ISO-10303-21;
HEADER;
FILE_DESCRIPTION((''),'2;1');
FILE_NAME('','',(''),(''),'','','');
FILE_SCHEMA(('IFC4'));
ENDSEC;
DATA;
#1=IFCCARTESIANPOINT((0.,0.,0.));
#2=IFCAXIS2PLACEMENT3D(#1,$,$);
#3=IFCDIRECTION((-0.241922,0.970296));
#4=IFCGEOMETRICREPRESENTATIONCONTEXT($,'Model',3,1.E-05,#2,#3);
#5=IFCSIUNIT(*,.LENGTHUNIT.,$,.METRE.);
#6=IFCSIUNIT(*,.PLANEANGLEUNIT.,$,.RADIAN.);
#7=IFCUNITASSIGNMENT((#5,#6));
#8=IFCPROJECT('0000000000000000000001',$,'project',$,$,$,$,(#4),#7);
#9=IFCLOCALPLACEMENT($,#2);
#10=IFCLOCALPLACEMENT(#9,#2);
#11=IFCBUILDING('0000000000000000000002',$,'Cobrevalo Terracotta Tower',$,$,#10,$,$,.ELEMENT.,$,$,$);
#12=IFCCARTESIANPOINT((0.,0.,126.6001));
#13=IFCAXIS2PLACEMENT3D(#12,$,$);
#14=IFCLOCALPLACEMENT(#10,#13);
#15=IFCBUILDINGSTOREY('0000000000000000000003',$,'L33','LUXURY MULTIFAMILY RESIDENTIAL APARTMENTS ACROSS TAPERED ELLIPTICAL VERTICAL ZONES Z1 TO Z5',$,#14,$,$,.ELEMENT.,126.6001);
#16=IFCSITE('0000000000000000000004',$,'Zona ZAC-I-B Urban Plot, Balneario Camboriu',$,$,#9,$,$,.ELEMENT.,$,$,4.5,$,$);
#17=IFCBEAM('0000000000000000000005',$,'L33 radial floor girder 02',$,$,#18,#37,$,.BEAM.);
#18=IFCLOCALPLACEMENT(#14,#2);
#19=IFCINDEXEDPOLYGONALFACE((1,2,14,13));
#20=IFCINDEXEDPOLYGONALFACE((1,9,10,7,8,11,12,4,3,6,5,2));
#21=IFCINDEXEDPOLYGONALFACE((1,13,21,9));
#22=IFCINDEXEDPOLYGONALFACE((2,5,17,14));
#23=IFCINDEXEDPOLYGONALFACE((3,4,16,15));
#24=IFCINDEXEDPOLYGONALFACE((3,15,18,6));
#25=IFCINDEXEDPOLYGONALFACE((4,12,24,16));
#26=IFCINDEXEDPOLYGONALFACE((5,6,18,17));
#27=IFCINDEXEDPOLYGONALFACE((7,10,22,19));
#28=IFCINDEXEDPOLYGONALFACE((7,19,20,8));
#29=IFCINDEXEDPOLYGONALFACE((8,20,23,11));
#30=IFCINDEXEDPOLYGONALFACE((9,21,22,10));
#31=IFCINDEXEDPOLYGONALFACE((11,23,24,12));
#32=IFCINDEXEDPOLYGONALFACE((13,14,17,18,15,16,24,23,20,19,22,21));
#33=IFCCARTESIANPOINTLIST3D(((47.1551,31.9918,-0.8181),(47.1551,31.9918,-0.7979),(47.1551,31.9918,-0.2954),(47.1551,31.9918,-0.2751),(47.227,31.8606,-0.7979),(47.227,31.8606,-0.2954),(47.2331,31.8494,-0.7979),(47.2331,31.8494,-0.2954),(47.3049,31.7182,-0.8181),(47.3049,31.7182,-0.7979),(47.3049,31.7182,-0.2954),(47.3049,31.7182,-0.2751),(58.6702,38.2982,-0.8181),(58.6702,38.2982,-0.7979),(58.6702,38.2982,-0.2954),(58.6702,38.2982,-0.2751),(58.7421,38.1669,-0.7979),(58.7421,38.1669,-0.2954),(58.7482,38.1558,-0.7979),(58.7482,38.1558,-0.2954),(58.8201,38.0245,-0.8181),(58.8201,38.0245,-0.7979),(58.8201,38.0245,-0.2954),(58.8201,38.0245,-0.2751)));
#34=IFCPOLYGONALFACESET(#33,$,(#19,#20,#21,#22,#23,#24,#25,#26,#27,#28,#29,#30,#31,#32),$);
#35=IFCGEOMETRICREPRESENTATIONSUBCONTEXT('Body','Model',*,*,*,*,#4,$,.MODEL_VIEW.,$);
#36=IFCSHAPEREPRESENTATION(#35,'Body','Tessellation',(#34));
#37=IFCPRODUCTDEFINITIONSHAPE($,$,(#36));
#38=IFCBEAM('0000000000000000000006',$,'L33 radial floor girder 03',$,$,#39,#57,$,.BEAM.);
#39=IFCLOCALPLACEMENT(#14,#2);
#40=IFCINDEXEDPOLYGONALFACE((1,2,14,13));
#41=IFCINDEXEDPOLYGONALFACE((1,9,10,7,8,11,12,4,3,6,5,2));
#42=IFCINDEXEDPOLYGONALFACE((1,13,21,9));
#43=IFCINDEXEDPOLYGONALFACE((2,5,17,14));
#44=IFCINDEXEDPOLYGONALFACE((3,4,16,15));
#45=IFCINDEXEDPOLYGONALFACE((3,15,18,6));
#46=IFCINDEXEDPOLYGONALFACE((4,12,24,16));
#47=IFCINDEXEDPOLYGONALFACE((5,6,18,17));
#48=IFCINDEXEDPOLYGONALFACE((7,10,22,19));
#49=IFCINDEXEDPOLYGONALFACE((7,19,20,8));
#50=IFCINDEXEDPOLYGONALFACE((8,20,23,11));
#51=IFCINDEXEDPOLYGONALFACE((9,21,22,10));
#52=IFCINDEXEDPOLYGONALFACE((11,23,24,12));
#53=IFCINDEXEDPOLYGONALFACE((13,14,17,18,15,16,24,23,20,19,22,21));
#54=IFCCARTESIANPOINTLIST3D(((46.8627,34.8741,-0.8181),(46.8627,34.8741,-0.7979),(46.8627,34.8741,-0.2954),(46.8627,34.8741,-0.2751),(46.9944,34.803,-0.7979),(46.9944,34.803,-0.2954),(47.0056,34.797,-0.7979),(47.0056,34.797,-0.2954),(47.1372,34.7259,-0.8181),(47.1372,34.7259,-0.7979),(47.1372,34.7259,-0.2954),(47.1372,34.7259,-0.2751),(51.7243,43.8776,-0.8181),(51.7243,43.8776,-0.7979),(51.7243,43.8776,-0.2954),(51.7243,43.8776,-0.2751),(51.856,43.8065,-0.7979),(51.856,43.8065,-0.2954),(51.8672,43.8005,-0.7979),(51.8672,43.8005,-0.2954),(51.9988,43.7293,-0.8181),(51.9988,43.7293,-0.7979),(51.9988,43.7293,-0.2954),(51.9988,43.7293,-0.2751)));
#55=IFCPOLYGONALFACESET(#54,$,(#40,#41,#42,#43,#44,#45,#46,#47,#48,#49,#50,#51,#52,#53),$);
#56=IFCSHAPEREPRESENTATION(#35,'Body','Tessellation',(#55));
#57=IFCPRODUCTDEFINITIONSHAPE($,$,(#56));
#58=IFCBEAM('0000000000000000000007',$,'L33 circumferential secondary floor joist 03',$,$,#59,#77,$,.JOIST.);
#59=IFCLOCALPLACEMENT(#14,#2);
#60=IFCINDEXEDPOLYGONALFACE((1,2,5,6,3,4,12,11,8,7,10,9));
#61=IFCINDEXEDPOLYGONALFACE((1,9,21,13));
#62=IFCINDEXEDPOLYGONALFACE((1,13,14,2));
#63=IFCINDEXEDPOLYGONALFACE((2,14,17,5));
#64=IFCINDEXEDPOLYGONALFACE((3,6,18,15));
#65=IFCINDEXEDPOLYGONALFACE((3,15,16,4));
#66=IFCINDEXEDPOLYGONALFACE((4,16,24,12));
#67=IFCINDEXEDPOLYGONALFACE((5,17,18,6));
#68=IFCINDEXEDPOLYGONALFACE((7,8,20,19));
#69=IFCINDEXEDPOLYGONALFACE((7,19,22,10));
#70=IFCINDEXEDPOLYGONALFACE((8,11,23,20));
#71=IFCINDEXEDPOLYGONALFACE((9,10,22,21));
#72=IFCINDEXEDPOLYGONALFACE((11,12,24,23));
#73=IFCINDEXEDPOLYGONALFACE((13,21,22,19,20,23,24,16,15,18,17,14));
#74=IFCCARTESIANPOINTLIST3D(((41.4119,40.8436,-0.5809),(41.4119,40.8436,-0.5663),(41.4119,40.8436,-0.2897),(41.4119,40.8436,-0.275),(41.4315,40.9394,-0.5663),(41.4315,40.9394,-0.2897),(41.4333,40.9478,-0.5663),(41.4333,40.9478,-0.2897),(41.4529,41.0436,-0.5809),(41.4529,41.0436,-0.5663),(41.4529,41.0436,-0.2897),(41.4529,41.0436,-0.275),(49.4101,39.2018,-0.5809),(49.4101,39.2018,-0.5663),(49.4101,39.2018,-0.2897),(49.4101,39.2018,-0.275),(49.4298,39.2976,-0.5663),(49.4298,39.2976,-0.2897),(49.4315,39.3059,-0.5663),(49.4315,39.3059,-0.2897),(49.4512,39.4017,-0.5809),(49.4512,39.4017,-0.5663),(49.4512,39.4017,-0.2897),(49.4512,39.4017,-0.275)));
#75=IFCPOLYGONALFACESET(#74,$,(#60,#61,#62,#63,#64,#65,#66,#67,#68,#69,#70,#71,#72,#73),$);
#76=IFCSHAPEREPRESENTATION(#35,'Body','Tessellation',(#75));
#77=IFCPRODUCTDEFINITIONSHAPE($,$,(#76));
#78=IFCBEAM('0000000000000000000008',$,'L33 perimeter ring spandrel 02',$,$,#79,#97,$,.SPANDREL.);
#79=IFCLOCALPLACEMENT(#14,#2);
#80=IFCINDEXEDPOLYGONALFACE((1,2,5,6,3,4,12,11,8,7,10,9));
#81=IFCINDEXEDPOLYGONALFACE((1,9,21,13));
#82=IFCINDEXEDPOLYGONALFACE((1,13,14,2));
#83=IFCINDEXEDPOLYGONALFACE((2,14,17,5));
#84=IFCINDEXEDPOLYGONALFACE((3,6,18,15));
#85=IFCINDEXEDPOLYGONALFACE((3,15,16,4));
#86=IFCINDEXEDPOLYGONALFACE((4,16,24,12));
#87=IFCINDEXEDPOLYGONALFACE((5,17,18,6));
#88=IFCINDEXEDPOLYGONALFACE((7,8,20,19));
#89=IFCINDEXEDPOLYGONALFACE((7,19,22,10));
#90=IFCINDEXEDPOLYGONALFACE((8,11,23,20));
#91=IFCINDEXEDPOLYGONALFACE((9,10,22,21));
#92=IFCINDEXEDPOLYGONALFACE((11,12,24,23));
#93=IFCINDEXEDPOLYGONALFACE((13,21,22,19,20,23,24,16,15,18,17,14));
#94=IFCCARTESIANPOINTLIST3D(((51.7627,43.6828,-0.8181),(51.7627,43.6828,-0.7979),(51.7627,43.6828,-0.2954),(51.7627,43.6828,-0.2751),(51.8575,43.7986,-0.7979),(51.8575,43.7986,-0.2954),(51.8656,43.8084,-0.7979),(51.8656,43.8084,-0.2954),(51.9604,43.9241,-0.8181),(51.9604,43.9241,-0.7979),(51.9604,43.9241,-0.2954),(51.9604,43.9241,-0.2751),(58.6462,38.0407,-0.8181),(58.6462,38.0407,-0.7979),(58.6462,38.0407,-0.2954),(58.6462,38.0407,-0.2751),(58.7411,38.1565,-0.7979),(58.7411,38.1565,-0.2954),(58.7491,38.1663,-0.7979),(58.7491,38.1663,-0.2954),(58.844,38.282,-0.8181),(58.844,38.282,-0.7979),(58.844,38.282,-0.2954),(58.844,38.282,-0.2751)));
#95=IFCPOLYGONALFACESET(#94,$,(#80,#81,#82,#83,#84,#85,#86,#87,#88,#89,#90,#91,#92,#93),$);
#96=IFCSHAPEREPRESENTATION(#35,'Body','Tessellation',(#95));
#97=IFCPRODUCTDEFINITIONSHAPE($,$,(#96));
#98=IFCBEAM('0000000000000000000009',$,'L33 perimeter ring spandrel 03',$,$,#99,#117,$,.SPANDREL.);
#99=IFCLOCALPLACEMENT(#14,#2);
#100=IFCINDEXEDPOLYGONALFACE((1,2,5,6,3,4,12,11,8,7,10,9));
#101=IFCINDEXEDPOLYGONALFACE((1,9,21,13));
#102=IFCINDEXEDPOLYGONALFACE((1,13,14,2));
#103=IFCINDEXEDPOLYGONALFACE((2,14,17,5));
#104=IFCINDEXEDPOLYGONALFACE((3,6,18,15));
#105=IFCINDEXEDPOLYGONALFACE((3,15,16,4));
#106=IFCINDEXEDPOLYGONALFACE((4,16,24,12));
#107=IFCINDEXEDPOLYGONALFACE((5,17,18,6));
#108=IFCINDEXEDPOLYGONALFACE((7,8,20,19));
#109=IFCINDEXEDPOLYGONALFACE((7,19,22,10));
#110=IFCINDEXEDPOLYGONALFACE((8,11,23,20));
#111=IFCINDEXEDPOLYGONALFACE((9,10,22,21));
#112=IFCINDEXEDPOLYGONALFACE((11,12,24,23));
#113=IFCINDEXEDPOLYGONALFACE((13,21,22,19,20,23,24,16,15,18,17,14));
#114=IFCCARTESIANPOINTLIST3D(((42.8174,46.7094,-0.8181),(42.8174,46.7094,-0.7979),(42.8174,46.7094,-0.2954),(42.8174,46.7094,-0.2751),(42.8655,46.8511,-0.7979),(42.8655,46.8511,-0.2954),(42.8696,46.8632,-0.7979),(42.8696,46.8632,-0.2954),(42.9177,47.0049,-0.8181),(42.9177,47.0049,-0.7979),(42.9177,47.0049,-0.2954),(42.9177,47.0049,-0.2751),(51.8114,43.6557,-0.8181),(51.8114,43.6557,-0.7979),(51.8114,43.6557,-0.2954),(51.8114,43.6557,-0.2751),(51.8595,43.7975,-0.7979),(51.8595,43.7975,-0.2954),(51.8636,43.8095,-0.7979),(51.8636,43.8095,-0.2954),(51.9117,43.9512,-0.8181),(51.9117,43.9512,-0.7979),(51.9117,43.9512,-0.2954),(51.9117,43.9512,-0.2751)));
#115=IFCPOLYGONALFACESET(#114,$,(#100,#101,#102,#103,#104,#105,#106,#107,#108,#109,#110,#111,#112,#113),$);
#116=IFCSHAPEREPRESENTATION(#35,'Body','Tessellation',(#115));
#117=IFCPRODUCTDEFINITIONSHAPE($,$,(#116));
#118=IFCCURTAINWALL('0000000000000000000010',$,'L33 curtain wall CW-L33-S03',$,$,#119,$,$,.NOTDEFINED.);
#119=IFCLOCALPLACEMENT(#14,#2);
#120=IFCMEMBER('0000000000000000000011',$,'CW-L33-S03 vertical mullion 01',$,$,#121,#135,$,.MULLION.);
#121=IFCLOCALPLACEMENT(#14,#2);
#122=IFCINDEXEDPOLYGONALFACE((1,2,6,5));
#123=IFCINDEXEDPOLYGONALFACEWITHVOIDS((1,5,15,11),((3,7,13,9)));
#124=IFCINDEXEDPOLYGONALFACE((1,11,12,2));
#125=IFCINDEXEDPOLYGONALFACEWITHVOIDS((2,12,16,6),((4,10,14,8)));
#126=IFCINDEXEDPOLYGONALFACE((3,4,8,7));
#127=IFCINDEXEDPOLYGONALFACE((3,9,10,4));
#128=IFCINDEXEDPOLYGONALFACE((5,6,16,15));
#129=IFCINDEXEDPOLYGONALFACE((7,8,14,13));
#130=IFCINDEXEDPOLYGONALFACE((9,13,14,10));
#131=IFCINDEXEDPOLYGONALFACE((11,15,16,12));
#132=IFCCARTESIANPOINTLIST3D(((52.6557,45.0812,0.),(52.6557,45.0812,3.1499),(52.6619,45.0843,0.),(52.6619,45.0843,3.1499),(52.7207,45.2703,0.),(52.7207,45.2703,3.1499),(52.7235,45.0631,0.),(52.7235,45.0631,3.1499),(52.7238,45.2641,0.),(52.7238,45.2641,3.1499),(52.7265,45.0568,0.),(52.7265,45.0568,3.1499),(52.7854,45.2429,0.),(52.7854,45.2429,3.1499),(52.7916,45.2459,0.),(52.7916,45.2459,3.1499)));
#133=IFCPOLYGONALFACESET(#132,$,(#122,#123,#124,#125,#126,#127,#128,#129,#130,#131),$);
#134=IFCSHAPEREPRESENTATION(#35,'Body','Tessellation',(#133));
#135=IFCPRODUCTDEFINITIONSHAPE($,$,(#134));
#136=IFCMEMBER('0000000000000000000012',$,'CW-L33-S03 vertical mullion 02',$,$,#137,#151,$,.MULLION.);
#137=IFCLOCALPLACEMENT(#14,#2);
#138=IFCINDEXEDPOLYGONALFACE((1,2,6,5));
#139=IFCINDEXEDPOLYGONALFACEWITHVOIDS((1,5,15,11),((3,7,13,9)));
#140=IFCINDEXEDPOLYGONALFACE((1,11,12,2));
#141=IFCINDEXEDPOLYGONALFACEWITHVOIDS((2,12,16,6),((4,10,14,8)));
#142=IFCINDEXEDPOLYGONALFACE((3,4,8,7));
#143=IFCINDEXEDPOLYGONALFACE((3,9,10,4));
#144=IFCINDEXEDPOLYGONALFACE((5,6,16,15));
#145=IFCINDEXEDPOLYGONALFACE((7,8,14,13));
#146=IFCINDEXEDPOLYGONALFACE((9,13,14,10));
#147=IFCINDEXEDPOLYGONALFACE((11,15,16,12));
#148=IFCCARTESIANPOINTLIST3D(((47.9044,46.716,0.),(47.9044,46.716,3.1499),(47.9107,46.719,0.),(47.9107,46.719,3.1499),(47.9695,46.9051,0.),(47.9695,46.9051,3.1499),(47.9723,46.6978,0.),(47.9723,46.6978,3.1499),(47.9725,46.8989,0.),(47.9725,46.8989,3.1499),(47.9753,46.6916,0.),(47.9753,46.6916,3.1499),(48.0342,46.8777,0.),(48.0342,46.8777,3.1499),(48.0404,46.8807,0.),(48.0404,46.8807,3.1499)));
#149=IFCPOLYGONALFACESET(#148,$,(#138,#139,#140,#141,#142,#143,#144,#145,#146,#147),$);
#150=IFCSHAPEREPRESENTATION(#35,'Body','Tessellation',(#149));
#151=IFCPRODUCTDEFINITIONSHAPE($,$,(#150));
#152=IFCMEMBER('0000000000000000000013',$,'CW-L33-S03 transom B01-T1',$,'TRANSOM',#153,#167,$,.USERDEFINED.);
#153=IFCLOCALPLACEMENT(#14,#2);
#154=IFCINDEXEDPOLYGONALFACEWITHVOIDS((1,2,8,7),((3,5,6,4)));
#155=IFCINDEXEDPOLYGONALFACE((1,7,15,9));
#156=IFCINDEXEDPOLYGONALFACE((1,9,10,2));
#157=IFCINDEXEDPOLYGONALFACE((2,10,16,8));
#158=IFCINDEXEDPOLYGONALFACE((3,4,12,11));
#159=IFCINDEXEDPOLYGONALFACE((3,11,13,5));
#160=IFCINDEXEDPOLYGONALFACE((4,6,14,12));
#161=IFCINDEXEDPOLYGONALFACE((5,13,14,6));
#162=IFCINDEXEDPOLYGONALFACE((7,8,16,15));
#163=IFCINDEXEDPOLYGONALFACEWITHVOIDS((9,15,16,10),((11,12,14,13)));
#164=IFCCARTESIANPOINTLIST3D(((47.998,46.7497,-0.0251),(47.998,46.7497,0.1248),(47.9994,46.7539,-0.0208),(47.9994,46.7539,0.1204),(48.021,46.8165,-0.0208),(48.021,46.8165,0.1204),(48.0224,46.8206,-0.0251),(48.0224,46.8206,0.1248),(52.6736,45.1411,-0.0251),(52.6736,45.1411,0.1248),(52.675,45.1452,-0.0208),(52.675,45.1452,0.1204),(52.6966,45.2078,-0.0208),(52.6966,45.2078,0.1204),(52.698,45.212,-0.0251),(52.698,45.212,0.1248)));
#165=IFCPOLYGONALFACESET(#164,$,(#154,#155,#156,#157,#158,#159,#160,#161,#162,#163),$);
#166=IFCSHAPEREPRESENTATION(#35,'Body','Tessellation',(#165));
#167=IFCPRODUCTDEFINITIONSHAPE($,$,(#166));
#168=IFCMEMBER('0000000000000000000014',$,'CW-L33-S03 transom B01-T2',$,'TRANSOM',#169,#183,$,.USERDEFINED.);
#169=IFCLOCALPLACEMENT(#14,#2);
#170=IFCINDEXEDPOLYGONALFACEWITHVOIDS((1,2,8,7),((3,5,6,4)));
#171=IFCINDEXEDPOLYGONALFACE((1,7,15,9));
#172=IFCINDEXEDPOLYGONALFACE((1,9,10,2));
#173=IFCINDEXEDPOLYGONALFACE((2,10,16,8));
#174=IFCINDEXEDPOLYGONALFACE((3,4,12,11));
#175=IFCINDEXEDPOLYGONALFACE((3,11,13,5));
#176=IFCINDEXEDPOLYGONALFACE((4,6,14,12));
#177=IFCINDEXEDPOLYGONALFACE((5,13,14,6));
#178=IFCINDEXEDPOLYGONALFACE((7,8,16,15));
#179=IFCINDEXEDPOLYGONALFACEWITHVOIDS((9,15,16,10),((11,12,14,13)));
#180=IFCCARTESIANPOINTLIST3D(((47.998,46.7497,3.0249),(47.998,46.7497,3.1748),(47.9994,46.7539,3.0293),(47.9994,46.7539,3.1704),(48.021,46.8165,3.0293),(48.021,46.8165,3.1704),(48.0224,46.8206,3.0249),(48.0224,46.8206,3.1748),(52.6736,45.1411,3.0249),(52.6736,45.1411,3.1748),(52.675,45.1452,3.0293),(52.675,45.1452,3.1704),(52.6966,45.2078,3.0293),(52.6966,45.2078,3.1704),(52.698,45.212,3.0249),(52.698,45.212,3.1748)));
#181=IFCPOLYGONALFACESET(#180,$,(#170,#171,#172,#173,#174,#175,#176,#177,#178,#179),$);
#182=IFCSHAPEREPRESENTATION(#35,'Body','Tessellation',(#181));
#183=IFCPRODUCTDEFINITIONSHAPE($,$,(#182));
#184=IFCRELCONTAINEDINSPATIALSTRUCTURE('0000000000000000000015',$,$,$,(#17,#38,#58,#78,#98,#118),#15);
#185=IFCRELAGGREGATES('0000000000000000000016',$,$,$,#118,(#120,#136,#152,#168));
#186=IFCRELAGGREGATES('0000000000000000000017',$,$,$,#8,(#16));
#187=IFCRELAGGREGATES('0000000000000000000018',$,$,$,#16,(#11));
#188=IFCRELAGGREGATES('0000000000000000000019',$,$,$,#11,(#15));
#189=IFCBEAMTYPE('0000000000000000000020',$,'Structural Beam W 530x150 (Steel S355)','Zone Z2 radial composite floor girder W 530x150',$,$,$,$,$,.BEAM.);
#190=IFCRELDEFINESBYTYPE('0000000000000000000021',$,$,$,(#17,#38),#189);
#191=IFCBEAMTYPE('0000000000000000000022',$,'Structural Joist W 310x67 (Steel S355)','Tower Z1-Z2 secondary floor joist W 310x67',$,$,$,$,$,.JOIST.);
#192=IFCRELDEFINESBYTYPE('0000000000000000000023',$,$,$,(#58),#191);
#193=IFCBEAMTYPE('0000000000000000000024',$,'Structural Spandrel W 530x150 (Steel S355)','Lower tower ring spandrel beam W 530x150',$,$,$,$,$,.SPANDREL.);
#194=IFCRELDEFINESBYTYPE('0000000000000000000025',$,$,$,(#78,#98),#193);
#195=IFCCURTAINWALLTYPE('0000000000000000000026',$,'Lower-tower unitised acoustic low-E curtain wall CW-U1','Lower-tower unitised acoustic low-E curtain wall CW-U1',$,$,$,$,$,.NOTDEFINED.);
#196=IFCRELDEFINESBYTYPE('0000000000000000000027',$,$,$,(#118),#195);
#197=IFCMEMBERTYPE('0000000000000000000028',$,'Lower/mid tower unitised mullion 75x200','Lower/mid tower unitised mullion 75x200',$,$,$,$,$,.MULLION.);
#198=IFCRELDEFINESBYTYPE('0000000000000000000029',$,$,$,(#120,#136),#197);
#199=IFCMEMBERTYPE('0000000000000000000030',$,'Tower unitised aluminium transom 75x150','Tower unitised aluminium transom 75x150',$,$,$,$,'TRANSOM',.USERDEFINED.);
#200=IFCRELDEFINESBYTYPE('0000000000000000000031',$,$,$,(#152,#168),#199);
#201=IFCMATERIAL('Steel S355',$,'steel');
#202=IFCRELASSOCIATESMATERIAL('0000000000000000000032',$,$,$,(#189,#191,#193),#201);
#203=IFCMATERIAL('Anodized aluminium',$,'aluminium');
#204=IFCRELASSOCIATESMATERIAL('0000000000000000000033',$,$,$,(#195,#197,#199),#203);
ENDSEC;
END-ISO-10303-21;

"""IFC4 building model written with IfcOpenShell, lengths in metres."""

from ifc_helpers import new_model, si_unit, direction, frame, origin, origin_2d, place, context, subcontext, project, spatial, hollow_rectangle, i_section, extrude, source, transform, mapped, material, material_profile, profile_set, type_object, element, aggregate, save


model = new_model("IFC4")

# Units and contexts
model_context = context("Model", 3, precision=1e-05, world=origin(), true_north=direction((-0.241922, 0.970296)))
body_context = subcontext(model_context, "Body", "Model", "MODEL_VIEW")
ifc_project = project(units=[si_unit("LENGTHUNIT", "METRE"), si_unit("PLANEANGLEUNIT", "RADIAN")], contexts=[model_context])

# Site, building, storey
site_placement = place(None, origin())
site = spatial("IfcSite", under=ifc_project, at=site_placement, Name="Zona ZAC-I-B Urban Plot, Balneario Camboriu", CompositionType="ELEMENT", RefElevation=4.5)
building_placement = place(site_placement, origin())
building = spatial("IfcBuilding", under=site, at=building_placement, Name="Cobrevalo Terracotta Tower", CompositionType="ELEMENT")
storey_placement = place(building_placement, frame((0.0, 0.0, 126.6001)))
storey = spatial("IfcBuildingStorey", under=building, at=storey_placement, Name="L33", Description="LUXURY MULTIFAMILY RESIDENTIAL APARTMENTS ACROSS TAPERED ELLIPTICAL VERTICAL ZONES Z1 TO Z5", CompositionType="ELEMENT", Elevation=126.6001)

# Shared definitions
ifc_material_1 = material(Name="Steel S355", Category="steel")

# Beams
ifc_material_profile_1 = material_profile(ifc_material_1, i_section(OverallWidth=0.312, OverallDepth=0.543, WebThickness=0.0127, FlangeThickness=0.0203, at=origin_2d()), Name="W 530x150")
ifc_profile_set_1 = profile_set([ifc_material_profile_1], Name="Steel S355")
beam_type_1 = type_object("IfcBeamType", Name="Structural Beam W 530x150 (Steel S355)", Description="Zone Z2 radial composite floor girder W 530x150", PredefinedType="BEAM", material=ifc_profile_set_1)
beam_1_placement = place(storey_placement, frame((58.7451, 38.1614, -0.5466), z_axis=(-0.877081, -0.480343, 0.0), x_axis=(0.480343, -0.877081, 0.0)))
element("IfcBeam", 1, at=beam_1_placement, inside=storey, type_object=beam_type_1, Name="L33 radial floor girder 02", PredefinedType="BEAM", context=body_context, shape_type="SweptSolid", body=[
    extrude(i_section(OverallWidth=0.312, OverallDepth=0.543, WebThickness=0.0127, FlangeThickness=0.0203, at=origin_2d()), origin(), (0.0, 0.0, 1.0), 13.1289),
])
beam_2_placement = place(storey_placement, frame((51.8616, 43.8035, -0.5466), z_axis=(-0.475128, -0.879917, 0.0), x_axis=(0.879917, -0.475128, 0.0)))
element("IfcBeam", 2, at=beam_2_placement, inside=storey, type_object=beam_type_1, Name="L33 radial floor girder 03", PredefinedType="BEAM", context=body_context, shape_type="SweptSolid", body=[
    extrude(i_section(OverallWidth=0.312, OverallDepth=0.543, WebThickness=0.0127, FlangeThickness=0.0203, at=origin_2d()), origin(), (0.0, 0.0, 1.0), 10.2322),
])
ifc_material_profile_2 = material_profile(ifc_material_1, i_section(OverallWidth=0.2041, OverallDepth=0.3059, WebThickness=0.0085, FlangeThickness=0.0146, at=origin_2d()), Name="W 310x67")
ifc_profile_set_2 = profile_set([ifc_material_profile_2], Name="Steel S355")
beam_type_2 = type_object("IfcBeamType", Name="Structural Joist W 310x67 (Steel S355)", Description="Tower Z1-Z2 secondary floor joist W 310x67", PredefinedType="JOIST", material=ifc_profile_set_2)
beam_3_placement = place(storey_placement, frame((49.4307, 39.3018, -0.428), z_axis=(-0.979574, 0.201082, 0.0), x_axis=(-0.201082, -0.979574, 0.0)))
element("IfcBeam", 3, at=beam_3_placement, inside=storey, type_object=beam_type_2, Name="L33 circumferential secondary floor joist 03", PredefinedType="JOIST", context=body_context, shape_type="SweptSolid", body=[
    extrude(i_section(OverallWidth=0.2041, OverallDepth=0.3059, WebThickness=0.0085, FlangeThickness=0.0146, at=origin_2d()), origin(), (0.0, 0.0, 1.0), 8.165),
])
ifc_material_profile_3 = material_profile(ifc_material_1, i_section(OverallWidth=0.312, OverallDepth=0.543, WebThickness=0.0127, FlangeThickness=0.0203, at=origin_2d()), Name="W 530x150")
ifc_profile_set_3 = profile_set([ifc_material_profile_3], Name="Steel S355")
beam_type_3 = type_object("IfcBeamType", Name="Structural Spandrel W 530x150 (Steel S355)", Description="Lower tower ring spandrel beam W 530x150", PredefinedType="SPANDREL", material=ifc_profile_set_3)
beam_4_placement = place(storey_placement, frame((58.7451, 38.1614, -0.5466), z_axis=(-0.773401, 0.633917, 0.0), x_axis=(-0.633917, -0.773401, 0.0)))
element("IfcBeam", 4, at=beam_4_placement, inside=storey, type_object=beam_type_3, Name="L33 perimeter ring spandrel 02", PredefinedType="SPANDREL", context=body_context, shape_type="SweptSolid", body=[
    extrude(i_section(OverallWidth=0.312, OverallDepth=0.543, WebThickness=0.0127, FlangeThickness=0.0203, at=origin_2d()), origin(), (0.0, 0.0, 1.0), 8.9004),
])
beam_5_placement = place(storey_placement, frame((51.8616, 43.8035, -0.5466), z_axis=(-0.946911, 0.321497, 0.0), x_axis=(-0.321497, -0.946911, 0.0)))
element("IfcBeam", 5, at=beam_5_placement, inside=storey, type_object=beam_type_3, Name="L33 perimeter ring spandrel 03", PredefinedType="SPANDREL", context=body_context, shape_type="SweptSolid", body=[
    extrude(i_section(OverallWidth=0.312, OverallDepth=0.543, WebThickness=0.0127, FlangeThickness=0.0203, at=origin_2d()), origin(), (0.0, 0.0, 1.0), 9.4983),
])

# Curtain wall, members
ifc_material_2 = material(Name="Anodized aluminium", Category="aluminium")
curtain_wall_type = type_object("IfcCurtainWallType", Name="Lower-tower unitised acoustic low-E curtain wall CW-U1", Description="Lower-tower unitised acoustic low-E curtain wall CW-U1", PredefinedType="NOTDEFINED", material=ifc_material_2)
curtain_wall_placement = place(storey_placement, origin())
curtain_wall = element("IfcCurtainWall", 6, at=curtain_wall_placement, inside=storey, type_object=curtain_wall_type, Name="L33 curtain wall CW-L33-S03", PredefinedType="NOTDEFINED")
ifc_material_profile_4 = material_profile(ifc_material_2, hollow_rectangle(XDim=0.075, YDim=0.2, WallThickness=0.0049, at=origin_2d()), Name="CWM 75x200")
ifc_profile_set_4 = profile_set([ifc_material_profile_4], Name="Anodized aluminium")
member_type_1 = type_object("IfcMemberType", Name="Lower/mid tower unitised mullion 75x200", Description="Lower/mid tower unitised mullion 75x200", PredefinedType="MULLION", material=ifc_profile_set_4)
shared_shape_1 = source(origin(), body_context, "Body", "SweptSolid", [
    extrude(hollow_rectangle(XDim=0.075, YDim=0.2, WallThickness=0.0049, at=origin_2d()), origin(), (0.0, 0.0, 1.0), 3.1499),
])
member_1_placement = place(storey_placement, frame((52.7236, 45.1636, 0.0), z_axis=(0.0, 0.0, 1.0), x_axis=(-0.945598, 0.325337, 0.0)))
member_1 = element("IfcMember", 7, at=member_1_placement, type_object=member_type_1, Name="CW-L33-S03 vertical mullion 01", PredefinedType="MULLION", context=body_context, shape_type="MappedRepresentation", body=[
    mapped(shared_shape_1, transform((0.0, 0.0, 0.0), scale=1.0)),
])
member_2_placement = place(storey_placement, frame((47.9724, 46.7983, 0.0), z_axis=(0.0, 0.0, 1.0), x_axis=(-0.945598, 0.325337, 0.0)))
member_2 = element("IfcMember", 8, at=member_2_placement, type_object=member_type_1, Name="CW-L33-S03 vertical mullion 02", PredefinedType="MULLION", context=body_context, shape_type="MappedRepresentation", body=[
    mapped(shared_shape_1, transform((0.0, 0.0, 0.0), scale=1.0)),
])
ifc_material_profile_5 = material_profile(ifc_material_2, hollow_rectangle(XDim=0.075, YDim=0.1499, WallThickness=0.0044, at=origin_2d()), Name="CWT 75x150")
ifc_profile_set_5 = profile_set([ifc_material_profile_5], Name="Anodized aluminium")
member_type_2 = type_object("IfcMemberType", Name="Tower unitised aluminium transom 75x150", Description="Tower unitised aluminium transom 75x150", ElementType="TRANSOM", PredefinedType="USERDEFINED", material=ifc_profile_set_5)
shared_shape_2 = source(origin(), body_context, "Body", "SweptSolid", [
    extrude(hollow_rectangle(XDim=0.075, YDim=0.1499, WallThickness=0.0044, at=origin_2d()), origin(), (0.0, 0.0, 1.0), 4.9446),
])
member_3_placement = place(storey_placement, frame((52.6858, 45.1765, 0.0498), z_axis=(-0.945598, 0.325338, 0.0), x_axis=(-0.325338, -0.945598, 0.0)))
member_3 = element("IfcMember", 9, at=member_3_placement, type_object=member_type_2, Name="CW-L33-S03 transom B01-T1", ObjectType="TRANSOM", PredefinedType="USERDEFINED", context=body_context, shape_type="MappedRepresentation", body=[
    mapped(shared_shape_2, transform((0.0, 0.0, 0.0), scale=1.0)),
])
member_4_placement = place(storey_placement, frame((52.6858, 45.1765, 3.0999), z_axis=(-0.945598, 0.325338, 0.0), x_axis=(-0.325338, -0.945598, 0.0)))
member_4 = element("IfcMember", 10, at=member_4_placement, type_object=member_type_2, Name="CW-L33-S03 transom B01-T2", ObjectType="TRANSOM", PredefinedType="USERDEFINED", context=body_context, shape_type="MappedRepresentation", body=[
    mapped(shared_shape_2, transform((0.0, 0.0, 0.0), scale=1.0)),
])

aggregate(curtain_wall, [member_1, member_2, member_3, member_4])

save(model, "model.ifc")
